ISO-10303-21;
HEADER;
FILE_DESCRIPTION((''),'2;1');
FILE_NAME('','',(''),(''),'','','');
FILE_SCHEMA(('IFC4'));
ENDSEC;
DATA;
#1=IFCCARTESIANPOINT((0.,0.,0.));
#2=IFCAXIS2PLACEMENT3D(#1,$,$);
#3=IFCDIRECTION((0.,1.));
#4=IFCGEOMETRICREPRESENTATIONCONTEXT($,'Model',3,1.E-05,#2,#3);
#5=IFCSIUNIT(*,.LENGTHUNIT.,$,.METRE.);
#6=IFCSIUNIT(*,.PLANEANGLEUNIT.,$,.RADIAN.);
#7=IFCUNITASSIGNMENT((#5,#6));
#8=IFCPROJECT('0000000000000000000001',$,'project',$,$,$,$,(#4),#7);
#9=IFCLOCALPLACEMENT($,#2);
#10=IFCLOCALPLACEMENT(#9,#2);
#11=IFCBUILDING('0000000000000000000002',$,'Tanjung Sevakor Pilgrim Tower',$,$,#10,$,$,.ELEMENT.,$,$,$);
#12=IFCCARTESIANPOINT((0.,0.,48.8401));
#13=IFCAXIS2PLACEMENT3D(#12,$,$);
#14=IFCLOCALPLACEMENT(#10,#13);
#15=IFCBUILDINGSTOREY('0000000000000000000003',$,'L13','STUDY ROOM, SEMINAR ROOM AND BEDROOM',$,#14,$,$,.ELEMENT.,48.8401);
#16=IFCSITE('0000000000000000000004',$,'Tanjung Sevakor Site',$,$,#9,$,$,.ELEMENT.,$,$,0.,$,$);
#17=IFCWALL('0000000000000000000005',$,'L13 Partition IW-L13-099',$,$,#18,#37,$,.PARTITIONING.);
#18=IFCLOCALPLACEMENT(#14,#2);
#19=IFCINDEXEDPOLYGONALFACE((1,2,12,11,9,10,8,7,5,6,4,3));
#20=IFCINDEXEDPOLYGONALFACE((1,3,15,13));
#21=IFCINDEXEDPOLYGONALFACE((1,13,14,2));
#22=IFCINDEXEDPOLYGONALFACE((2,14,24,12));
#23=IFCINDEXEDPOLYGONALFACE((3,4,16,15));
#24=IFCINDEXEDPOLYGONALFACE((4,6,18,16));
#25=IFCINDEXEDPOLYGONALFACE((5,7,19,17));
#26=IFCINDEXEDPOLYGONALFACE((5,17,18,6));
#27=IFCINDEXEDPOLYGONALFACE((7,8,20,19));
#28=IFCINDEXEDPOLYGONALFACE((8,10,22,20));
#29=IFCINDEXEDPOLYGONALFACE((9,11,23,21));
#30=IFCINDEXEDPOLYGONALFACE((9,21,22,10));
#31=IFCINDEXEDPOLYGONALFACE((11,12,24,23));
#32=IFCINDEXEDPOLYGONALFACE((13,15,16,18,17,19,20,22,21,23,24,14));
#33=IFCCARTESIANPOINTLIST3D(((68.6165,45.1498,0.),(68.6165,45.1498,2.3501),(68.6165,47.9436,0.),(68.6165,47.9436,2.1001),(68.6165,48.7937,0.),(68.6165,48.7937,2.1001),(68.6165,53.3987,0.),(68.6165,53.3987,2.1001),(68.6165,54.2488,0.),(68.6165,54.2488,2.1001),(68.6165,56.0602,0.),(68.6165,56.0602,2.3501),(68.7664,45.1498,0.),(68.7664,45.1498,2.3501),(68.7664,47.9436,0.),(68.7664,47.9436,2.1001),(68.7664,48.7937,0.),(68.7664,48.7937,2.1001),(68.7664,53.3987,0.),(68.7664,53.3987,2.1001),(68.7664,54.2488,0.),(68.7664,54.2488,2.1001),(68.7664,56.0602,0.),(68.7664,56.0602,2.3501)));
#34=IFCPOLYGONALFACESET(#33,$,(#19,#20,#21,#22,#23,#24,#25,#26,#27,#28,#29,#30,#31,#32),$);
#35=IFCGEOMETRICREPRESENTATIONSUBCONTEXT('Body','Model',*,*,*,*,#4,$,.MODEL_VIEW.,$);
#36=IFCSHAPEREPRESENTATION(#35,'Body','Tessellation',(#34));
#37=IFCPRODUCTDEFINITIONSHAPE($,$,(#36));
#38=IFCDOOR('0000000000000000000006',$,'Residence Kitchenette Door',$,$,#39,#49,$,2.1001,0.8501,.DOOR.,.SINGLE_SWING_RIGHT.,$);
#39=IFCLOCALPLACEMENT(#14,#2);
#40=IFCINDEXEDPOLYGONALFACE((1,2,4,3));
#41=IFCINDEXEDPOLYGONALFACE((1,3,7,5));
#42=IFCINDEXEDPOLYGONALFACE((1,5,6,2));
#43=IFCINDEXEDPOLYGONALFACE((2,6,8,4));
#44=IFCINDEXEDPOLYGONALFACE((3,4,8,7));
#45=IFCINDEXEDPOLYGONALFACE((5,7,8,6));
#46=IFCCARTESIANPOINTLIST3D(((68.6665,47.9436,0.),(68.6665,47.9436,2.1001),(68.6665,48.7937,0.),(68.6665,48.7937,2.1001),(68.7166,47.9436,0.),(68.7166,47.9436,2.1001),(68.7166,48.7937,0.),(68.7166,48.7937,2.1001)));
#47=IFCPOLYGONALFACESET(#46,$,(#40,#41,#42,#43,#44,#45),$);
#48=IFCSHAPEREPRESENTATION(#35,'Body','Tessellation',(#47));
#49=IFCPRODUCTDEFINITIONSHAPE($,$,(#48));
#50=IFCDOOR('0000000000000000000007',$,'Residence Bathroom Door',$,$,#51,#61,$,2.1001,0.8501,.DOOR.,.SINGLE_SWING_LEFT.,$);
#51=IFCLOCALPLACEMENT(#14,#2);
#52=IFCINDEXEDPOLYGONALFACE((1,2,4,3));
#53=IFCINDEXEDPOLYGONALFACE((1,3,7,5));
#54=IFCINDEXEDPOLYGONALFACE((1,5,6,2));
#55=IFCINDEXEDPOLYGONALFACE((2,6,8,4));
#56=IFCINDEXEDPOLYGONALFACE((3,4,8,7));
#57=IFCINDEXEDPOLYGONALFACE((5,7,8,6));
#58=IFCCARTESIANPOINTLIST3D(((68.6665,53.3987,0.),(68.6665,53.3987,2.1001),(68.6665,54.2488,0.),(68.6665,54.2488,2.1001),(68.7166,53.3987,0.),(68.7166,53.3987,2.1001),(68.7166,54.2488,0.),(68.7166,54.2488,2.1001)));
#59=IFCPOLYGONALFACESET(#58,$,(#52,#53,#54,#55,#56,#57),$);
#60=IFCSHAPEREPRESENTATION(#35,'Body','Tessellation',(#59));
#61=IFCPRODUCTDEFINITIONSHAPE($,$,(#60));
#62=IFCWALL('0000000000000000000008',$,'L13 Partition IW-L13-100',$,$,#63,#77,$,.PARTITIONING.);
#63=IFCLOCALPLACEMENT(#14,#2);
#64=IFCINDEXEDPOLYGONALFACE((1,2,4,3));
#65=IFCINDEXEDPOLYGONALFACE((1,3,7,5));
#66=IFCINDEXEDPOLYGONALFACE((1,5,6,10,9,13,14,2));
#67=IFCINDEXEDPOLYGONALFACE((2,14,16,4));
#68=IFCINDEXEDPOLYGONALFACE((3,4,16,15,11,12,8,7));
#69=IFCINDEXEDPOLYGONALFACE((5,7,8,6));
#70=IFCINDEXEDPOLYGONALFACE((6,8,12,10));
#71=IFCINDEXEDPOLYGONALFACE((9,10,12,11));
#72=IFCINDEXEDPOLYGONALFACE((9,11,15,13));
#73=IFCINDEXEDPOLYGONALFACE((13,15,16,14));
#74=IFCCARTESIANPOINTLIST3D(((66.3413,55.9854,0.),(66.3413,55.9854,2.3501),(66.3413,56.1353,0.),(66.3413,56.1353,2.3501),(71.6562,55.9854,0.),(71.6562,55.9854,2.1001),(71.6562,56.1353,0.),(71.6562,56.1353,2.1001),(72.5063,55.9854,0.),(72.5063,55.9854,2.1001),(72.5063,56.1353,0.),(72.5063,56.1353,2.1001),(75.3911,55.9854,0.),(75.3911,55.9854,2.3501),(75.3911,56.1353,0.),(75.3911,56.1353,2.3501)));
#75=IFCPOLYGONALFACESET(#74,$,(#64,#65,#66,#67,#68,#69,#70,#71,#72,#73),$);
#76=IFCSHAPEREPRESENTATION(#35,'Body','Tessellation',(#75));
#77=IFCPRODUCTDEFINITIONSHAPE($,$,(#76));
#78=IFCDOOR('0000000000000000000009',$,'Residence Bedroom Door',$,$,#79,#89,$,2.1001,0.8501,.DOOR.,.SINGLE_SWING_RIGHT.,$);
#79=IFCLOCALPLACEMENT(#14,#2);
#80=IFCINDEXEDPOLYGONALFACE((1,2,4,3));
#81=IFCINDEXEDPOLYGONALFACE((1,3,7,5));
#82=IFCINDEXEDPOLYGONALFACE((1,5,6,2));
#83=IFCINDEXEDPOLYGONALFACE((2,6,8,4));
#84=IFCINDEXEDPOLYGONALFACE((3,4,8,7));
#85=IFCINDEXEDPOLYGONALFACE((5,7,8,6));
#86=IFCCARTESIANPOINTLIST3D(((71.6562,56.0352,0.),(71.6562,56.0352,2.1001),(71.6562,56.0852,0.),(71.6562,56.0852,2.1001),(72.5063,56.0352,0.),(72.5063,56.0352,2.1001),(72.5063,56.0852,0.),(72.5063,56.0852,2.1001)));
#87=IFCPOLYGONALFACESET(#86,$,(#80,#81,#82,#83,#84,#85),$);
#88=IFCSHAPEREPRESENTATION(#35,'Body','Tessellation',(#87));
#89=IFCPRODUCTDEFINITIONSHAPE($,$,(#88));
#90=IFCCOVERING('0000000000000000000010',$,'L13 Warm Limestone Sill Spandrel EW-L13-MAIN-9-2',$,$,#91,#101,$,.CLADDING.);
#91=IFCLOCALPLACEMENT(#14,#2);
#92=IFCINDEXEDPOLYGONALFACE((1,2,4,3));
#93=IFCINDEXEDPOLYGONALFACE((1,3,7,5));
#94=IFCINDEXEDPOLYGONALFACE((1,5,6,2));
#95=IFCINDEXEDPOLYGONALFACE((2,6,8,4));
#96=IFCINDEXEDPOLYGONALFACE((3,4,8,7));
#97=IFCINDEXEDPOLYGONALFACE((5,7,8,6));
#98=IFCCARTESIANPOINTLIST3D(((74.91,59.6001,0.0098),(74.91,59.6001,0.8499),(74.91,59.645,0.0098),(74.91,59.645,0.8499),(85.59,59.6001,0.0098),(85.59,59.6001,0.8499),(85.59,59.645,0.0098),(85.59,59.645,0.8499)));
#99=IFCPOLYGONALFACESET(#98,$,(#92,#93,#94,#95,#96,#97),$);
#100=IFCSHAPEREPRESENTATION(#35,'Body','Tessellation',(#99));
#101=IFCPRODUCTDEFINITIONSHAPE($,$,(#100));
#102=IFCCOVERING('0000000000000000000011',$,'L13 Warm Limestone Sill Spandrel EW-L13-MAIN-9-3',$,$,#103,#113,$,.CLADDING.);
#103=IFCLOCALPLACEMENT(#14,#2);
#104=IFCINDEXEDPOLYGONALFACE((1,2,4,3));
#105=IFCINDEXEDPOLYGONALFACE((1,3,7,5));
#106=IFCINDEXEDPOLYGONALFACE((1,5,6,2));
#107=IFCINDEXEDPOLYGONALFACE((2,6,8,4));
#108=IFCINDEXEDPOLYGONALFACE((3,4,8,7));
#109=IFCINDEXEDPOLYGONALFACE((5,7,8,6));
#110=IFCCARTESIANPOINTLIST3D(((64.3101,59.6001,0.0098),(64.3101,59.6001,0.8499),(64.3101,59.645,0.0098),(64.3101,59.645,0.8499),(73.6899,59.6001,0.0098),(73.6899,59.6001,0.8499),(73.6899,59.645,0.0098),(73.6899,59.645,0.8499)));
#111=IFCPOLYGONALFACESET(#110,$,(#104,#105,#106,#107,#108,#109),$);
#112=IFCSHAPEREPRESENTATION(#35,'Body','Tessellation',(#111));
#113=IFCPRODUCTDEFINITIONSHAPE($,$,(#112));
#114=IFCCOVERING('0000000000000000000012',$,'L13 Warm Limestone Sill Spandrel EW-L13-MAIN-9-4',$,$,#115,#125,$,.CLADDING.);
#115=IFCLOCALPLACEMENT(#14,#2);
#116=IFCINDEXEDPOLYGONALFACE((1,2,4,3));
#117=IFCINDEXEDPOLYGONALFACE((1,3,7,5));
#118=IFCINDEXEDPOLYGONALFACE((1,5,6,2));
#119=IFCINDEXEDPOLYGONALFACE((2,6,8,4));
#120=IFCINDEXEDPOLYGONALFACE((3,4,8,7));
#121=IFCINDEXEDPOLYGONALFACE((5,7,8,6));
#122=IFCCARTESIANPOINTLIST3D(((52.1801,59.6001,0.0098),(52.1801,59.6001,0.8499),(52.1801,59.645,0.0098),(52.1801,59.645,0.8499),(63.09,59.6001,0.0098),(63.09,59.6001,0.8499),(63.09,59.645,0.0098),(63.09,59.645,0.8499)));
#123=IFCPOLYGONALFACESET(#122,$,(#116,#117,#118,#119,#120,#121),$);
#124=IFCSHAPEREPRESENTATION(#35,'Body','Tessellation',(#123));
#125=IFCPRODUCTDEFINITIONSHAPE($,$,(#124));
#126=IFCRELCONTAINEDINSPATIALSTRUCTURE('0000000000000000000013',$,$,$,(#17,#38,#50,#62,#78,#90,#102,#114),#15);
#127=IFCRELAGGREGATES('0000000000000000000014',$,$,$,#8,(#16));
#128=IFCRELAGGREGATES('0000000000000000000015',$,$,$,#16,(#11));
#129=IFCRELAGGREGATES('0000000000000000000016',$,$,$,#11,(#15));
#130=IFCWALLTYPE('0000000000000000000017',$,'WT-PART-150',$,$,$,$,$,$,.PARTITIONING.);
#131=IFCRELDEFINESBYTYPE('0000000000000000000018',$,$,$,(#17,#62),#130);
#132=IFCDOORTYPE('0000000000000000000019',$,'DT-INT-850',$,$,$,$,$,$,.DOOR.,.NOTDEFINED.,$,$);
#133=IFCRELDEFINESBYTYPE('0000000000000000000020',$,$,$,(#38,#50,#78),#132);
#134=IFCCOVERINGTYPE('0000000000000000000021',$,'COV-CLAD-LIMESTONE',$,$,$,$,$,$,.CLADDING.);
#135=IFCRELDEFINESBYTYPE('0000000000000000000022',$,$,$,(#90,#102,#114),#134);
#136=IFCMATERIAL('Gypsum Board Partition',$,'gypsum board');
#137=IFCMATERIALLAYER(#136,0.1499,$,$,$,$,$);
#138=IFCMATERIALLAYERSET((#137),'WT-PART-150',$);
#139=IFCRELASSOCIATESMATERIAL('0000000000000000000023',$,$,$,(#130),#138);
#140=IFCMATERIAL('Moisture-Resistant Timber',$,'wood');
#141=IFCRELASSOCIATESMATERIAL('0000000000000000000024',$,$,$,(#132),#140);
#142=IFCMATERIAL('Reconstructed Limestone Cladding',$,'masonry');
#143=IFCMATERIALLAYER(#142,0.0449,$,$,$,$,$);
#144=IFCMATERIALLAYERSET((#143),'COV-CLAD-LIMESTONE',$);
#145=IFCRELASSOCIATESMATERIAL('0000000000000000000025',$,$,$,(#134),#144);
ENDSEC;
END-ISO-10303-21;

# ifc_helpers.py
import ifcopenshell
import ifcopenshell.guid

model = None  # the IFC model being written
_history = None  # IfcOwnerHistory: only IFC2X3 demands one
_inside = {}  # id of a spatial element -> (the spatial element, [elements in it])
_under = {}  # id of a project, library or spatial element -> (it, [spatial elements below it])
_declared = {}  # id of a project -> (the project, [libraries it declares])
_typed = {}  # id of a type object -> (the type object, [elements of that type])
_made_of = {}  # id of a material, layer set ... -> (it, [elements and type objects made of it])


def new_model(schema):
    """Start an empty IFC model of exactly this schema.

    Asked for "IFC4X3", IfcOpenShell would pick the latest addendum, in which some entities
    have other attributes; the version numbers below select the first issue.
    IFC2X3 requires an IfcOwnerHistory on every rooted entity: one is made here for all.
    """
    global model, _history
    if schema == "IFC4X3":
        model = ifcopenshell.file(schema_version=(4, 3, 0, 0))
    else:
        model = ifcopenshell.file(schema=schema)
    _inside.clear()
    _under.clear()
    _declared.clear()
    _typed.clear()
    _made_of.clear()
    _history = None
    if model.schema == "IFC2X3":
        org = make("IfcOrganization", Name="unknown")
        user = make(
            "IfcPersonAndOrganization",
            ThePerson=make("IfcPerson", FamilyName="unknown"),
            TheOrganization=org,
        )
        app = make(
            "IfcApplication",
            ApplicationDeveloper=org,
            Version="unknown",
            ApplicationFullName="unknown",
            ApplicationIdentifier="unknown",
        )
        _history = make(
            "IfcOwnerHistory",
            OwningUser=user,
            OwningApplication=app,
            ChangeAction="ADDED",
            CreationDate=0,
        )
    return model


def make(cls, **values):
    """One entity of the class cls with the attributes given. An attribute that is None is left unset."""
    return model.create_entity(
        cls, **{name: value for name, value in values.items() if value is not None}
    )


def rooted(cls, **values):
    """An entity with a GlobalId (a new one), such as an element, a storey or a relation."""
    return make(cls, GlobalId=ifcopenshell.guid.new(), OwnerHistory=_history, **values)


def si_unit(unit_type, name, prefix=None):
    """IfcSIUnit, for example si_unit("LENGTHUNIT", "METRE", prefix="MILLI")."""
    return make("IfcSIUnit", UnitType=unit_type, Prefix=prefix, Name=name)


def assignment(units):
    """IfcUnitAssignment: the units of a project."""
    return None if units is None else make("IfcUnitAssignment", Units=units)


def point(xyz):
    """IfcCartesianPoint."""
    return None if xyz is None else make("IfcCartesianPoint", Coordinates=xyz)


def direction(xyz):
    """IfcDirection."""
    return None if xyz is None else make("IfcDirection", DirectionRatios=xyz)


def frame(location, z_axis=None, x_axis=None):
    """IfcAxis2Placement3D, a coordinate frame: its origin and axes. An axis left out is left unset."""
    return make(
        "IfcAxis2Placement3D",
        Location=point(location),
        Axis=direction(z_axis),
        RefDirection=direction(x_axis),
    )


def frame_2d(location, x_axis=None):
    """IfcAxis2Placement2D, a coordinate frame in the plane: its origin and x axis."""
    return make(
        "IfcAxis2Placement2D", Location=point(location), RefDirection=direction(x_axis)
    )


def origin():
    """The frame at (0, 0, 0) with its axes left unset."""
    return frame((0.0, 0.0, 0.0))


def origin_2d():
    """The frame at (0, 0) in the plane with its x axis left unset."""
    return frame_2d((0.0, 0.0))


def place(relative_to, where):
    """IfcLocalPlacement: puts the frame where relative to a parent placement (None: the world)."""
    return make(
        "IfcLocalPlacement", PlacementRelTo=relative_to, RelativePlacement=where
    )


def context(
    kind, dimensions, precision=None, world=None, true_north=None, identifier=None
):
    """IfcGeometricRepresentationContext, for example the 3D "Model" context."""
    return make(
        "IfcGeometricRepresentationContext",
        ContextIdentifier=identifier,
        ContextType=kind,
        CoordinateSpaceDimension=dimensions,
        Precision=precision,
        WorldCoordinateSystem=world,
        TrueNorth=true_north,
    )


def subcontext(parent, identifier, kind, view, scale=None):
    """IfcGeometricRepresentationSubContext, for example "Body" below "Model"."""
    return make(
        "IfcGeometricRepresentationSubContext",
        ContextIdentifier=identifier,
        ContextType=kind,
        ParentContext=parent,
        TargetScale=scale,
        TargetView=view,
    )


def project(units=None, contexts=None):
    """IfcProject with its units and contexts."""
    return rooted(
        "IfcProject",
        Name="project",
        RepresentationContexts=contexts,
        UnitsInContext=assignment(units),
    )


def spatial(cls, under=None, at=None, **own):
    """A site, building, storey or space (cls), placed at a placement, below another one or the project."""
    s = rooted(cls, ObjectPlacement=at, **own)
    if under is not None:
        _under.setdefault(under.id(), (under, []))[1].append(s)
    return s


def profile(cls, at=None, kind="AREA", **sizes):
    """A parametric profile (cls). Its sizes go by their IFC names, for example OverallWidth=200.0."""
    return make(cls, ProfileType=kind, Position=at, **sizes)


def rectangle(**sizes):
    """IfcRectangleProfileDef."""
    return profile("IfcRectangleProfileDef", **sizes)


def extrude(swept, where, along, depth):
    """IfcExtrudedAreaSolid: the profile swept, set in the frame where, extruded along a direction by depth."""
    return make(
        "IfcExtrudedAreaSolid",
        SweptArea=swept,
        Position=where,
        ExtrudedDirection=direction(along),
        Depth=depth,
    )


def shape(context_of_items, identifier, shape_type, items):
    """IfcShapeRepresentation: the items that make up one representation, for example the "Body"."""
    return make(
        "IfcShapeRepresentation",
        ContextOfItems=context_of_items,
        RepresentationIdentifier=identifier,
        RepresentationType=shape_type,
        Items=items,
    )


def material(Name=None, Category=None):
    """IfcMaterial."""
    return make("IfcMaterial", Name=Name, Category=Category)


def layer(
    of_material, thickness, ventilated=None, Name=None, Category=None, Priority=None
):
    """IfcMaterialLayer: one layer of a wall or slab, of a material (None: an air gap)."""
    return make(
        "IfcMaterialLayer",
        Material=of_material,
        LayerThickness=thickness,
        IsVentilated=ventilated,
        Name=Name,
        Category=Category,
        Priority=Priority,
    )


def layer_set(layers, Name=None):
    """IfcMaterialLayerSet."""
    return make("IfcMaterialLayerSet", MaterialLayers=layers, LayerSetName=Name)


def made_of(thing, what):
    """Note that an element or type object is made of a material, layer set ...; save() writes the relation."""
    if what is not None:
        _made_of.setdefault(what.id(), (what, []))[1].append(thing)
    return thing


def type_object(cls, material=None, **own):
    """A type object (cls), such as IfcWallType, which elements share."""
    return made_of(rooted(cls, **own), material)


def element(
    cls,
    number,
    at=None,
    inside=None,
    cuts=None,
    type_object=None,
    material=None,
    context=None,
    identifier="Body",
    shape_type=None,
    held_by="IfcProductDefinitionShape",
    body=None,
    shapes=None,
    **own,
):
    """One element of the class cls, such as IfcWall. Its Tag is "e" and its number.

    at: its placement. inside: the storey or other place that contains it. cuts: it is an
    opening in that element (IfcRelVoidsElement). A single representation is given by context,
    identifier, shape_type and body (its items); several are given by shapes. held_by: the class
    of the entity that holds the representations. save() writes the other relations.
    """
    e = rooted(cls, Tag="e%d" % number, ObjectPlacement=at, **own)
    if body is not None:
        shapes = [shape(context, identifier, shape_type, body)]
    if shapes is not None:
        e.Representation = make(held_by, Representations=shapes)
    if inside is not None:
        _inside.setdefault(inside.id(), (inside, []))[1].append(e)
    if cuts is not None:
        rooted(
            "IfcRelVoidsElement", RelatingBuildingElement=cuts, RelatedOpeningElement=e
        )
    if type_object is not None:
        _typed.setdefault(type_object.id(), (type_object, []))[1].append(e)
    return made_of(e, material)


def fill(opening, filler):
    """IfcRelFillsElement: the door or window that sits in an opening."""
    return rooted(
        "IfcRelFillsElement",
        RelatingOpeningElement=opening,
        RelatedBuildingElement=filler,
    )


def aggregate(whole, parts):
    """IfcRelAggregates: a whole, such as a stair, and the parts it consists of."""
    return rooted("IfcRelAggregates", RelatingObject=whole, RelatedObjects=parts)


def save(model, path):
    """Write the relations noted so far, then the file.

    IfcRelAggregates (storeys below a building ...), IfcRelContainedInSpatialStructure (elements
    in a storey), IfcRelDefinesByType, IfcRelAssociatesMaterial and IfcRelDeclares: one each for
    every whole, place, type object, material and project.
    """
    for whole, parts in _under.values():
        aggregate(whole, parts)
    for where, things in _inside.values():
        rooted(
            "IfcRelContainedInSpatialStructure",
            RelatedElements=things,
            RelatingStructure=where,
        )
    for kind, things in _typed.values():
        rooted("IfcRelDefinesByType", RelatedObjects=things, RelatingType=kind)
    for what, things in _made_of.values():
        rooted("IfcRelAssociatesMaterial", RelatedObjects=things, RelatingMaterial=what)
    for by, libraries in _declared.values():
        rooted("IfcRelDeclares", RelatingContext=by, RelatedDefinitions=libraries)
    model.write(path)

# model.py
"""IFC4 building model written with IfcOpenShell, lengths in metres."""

from ifc_helpers import new_model, si_unit, direction, frame, frame_2d, origin, origin_2d, place, context, subcontext, project, spatial, rectangle, extrude, material, layer, layer_set, type_object, element, fill, save


model = new_model("IFC4")

# Units and contexts
model_context = context("Model", 3, precision=1e-05, world=origin(), true_north=direction((0.0, 1.0)))
body_context = subcontext(model_context, "Body", "Model", "MODEL_VIEW")
ifc_project = project(units=[si_unit("LENGTHUNIT", "METRE"), si_unit("PLANEANGLEUNIT", "RADIAN")], contexts=[model_context])

# Site, building, storey
site_placement = place(None, origin())
site = spatial("IfcSite", under=ifc_project, at=site_placement, Name="Tanjung Sevakor Site", CompositionType="ELEMENT", RefElevation=0.0)
building_placement = place(site_placement, origin())
building = spatial("IfcBuilding", under=site, at=building_placement, Name="Tanjung Sevakor Pilgrim Tower", CompositionType="ELEMENT")
storey_placement = place(building_placement, frame((0.0, 0.0, 48.8401)))
storey = spatial("IfcBuildingStorey", under=building, at=storey_placement, Name="L13", Description="STUDY ROOM, SEMINAR ROOM AND BEDROOM", CompositionType="ELEMENT", Elevation=48.8401)

# Shared definitions
ifc_material_1 = material(Name="Gypsum Board Partition", Category="gypsum board")
ifc_layer_1 = layer(ifc_material_1, 0.1499)
ifc_layer_set_1 = layer_set([ifc_layer_1], Name="WT-PART-150")
wall_type_1 = type_object("IfcWallType", Name="WT-PART-150", PredefinedType="PARTITIONING", material=ifc_layer_set_1)

# Wall, openings, doors
wall_1_placement = place(storey_placement, frame((68.6914, 45.1499, 0.0), z_axis=(0.0, 0.0, 1.0), x_axis=(0.0, 1.0, 0.0)))
wall_1 = element("IfcWall", 1, at=wall_1_placement, inside=storey, type_object=wall_type_1, Name="L13 Partition IW-L13-099", PredefinedType="PARTITIONING", context=body_context, shape_type="SweptSolid", body=[
    extrude(rectangle(XDim=10.9104, YDim=0.1499, at=frame_2d((5.4551, 0.0))), origin(), (0.0, 0.0, 1.0), 2.3501),
])
opening_1_placement = place(wall_1_placement, frame((2.7937, 0.0, 0.0)))
opening_1 = element("IfcOpeningElement", 2, at=opening_1_placement, cuts=wall_1, PredefinedType="OPENING", context=body_context, shape_type="SweptSolid", body=[
    extrude(rectangle(XDim=0.8501, YDim=2.1001, at=frame_2d((0.425, 1.05))), frame((0.0, 0.085, 0.0), z_axis=(0.0, -1.0, 0.0), x_axis=(1.0, 0.0, 0.0)), (0.0, 0.0, 1.0), 0.1699),
])
opening_2_placement = place(wall_1_placement, frame((8.2488, 0.0, 0.0)))
opening_2 = element("IfcOpeningElement", 3, at=opening_2_placement, cuts=wall_1, PredefinedType="OPENING", context=body_context, shape_type="SweptSolid", body=[
    extrude(rectangle(XDim=0.8501, YDim=2.1001, at=frame_2d((0.425, 1.05))), frame((0.0, 0.085, 0.0), z_axis=(0.0, -1.0, 0.0), x_axis=(1.0, 0.0, 0.0)), (0.0, 0.0, 1.0), 0.1699),
])
ifc_material_2 = material(Name="Moisture-Resistant Timber", Category="wood")
door_type_1 = type_object("IfcDoorType", Name="DT-INT-850", OperationType="NOTDEFINED", PredefinedType="DOOR", material=ifc_material_2)
door_1_placement = place(opening_1_placement, origin())
door_1 = element("IfcDoor", 4, at=door_1_placement, inside=storey, type_object=door_type_1, Name="Residence Kitchenette Door", OperationType="SINGLE_SWING_RIGHT", OverallHeight=2.1001, OverallWidth=0.8501, PredefinedType="DOOR", context=body_context, shape_type="SweptSolid", body=[
    extrude(rectangle(XDim=0.8501, YDim=2.1001, at=frame_2d((0.425, 1.05))), frame((0.0, 0.0249, 0.0), z_axis=(0.0, -1.0, 0.0), x_axis=(1.0, 0.0, 0.0)), (0.0, 0.0, 1.0), 0.05),
])
fill(opening_1, door_1)
door_2_placement = place(opening_2_placement, origin())
door_2 = element("IfcDoor", 5, at=door_2_placement, inside=storey, type_object=door_type_1, Name="Residence Bathroom Door", OperationType="SINGLE_SWING_LEFT", OverallHeight=2.1001, OverallWidth=0.8501, PredefinedType="DOOR", context=body_context, shape_type="SweptSolid", body=[
    extrude(rectangle(XDim=0.8501, YDim=2.1001, at=frame_2d((0.425, 1.05))), frame((0.0, 0.0249, 0.0), z_axis=(0.0, -1.0, 0.0), x_axis=(1.0, 0.0, 0.0)), (0.0, 0.0, 1.0), 0.05),
])
fill(opening_2, door_2)

# Wall, opening, door
wall_2_placement = place(storey_placement, frame((66.3413, 56.0603, 0.0), z_axis=(0.0, 0.0, 1.0), x_axis=(1.0, 0.0, 0.0)))
wall_2 = element("IfcWall", 6, at=wall_2_placement, inside=storey, type_object=wall_type_1, Name="L13 Partition IW-L13-100", PredefinedType="PARTITIONING", context=body_context, shape_type="SweptSolid", body=[
    extrude(rectangle(XDim=9.0498, YDim=0.1499, at=frame_2d((4.5249, 0.0))), origin(), (0.0, 0.0, 1.0), 2.3501),
])
opening_3_placement = place(wall_2_placement, frame((5.3149, 0.0, 0.0)))
opening_3 = element("IfcOpeningElement", 7, at=opening_3_placement, cuts=wall_2, PredefinedType="OPENING", context=body_context, shape_type="SweptSolid", body=[
    extrude(rectangle(XDim=0.8501, YDim=2.1001, at=frame_2d((0.425, 1.05))), frame((0.0, 0.085, 0.0), z_axis=(0.0, -1.0, 0.0), x_axis=(1.0, 0.0, 0.0)), (0.0, 0.0, 1.0), 0.1699),
])
door_3_placement = place(opening_3_placement, origin())
door_3 = element("IfcDoor", 8, at=door_3_placement, inside=storey, type_object=door_type_1, Name="Residence Bedroom Door", OperationType="SINGLE_SWING_RIGHT", OverallHeight=2.1001, OverallWidth=0.8501, PredefinedType="DOOR", context=body_context, shape_type="SweptSolid", body=[
    extrude(rectangle(XDim=0.8501, YDim=2.1001, at=frame_2d((0.425, 1.05))), frame((0.0, 0.0249, 0.0), z_axis=(0.0, -1.0, 0.0), x_axis=(1.0, 0.0, 0.0)), (0.0, 0.0, 1.0), 0.05),
])
fill(opening_3, door_3)

# Coverings
ifc_material_3 = material(Name="Reconstructed Limestone Cladding", Category="masonry")
ifc_layer_2 = layer(ifc_material_3, 0.0449)
ifc_layer_set_2 = layer_set([ifc_layer_2], Name="COV-CLAD-LIMESTONE")
covering_type = type_object("IfcCoveringType", Name="COV-CLAD-LIMESTONE", PredefinedType="CLADDING", material=ifc_layer_set_2)
covering_1_placement = place(storey_placement, frame((80.25, 59.6226, 0.0098), z_axis=(0.0, 0.0, 1.0), x_axis=(-1.0, 0.0, 0.0)))
element("IfcCovering", 9, at=covering_1_placement, inside=storey, type_object=covering_type, Name="L13 Warm Limestone Sill Spandrel EW-L13-MAIN-9-2", PredefinedType="CLADDING", context=body_context, shape_type="SweptSolid", body=[
    extrude(rectangle(XDim=10.6799, YDim=0.0449, at=origin_2d()), origin(), (0.0, 0.0, 1.0), 0.8401),
])
covering_2_placement = place(storey_placement, frame((69.0, 59.6226, 0.0098), z_axis=(0.0, 0.0, 1.0), x_axis=(-1.0, 0.0, 0.0)))
element("IfcCovering", 10, at=covering_2_placement, inside=storey, type_object=covering_type, Name="L13 Warm Limestone Sill Spandrel EW-L13-MAIN-9-3", PredefinedType="CLADDING", context=body_context, shape_type="SweptSolid", body=[
    extrude(rectangle(XDim=9.3799, YDim=0.0449, at=origin_2d()), origin(), (0.0, 0.0, 1.0), 0.8401),
])
covering_3_placement = place(storey_placement, frame((57.635, 59.6226, 0.0098), z_axis=(0.0, 0.0, 1.0), x_axis=(-1.0, 0.0, 0.0)))
element("IfcCovering", 11, at=covering_3_placement, inside=storey, type_object=covering_type, Name="L13 Warm Limestone Sill Spandrel EW-L13-MAIN-9-4", PredefinedType="CLADDING", context=body_context, shape_type="SweptSolid", body=[
    extrude(rectangle(XDim=10.9099, YDim=0.0449, at=origin_2d()), origin(), (0.0, 0.0, 1.0), 0.8401),
])

save(model, "model.ifc")
